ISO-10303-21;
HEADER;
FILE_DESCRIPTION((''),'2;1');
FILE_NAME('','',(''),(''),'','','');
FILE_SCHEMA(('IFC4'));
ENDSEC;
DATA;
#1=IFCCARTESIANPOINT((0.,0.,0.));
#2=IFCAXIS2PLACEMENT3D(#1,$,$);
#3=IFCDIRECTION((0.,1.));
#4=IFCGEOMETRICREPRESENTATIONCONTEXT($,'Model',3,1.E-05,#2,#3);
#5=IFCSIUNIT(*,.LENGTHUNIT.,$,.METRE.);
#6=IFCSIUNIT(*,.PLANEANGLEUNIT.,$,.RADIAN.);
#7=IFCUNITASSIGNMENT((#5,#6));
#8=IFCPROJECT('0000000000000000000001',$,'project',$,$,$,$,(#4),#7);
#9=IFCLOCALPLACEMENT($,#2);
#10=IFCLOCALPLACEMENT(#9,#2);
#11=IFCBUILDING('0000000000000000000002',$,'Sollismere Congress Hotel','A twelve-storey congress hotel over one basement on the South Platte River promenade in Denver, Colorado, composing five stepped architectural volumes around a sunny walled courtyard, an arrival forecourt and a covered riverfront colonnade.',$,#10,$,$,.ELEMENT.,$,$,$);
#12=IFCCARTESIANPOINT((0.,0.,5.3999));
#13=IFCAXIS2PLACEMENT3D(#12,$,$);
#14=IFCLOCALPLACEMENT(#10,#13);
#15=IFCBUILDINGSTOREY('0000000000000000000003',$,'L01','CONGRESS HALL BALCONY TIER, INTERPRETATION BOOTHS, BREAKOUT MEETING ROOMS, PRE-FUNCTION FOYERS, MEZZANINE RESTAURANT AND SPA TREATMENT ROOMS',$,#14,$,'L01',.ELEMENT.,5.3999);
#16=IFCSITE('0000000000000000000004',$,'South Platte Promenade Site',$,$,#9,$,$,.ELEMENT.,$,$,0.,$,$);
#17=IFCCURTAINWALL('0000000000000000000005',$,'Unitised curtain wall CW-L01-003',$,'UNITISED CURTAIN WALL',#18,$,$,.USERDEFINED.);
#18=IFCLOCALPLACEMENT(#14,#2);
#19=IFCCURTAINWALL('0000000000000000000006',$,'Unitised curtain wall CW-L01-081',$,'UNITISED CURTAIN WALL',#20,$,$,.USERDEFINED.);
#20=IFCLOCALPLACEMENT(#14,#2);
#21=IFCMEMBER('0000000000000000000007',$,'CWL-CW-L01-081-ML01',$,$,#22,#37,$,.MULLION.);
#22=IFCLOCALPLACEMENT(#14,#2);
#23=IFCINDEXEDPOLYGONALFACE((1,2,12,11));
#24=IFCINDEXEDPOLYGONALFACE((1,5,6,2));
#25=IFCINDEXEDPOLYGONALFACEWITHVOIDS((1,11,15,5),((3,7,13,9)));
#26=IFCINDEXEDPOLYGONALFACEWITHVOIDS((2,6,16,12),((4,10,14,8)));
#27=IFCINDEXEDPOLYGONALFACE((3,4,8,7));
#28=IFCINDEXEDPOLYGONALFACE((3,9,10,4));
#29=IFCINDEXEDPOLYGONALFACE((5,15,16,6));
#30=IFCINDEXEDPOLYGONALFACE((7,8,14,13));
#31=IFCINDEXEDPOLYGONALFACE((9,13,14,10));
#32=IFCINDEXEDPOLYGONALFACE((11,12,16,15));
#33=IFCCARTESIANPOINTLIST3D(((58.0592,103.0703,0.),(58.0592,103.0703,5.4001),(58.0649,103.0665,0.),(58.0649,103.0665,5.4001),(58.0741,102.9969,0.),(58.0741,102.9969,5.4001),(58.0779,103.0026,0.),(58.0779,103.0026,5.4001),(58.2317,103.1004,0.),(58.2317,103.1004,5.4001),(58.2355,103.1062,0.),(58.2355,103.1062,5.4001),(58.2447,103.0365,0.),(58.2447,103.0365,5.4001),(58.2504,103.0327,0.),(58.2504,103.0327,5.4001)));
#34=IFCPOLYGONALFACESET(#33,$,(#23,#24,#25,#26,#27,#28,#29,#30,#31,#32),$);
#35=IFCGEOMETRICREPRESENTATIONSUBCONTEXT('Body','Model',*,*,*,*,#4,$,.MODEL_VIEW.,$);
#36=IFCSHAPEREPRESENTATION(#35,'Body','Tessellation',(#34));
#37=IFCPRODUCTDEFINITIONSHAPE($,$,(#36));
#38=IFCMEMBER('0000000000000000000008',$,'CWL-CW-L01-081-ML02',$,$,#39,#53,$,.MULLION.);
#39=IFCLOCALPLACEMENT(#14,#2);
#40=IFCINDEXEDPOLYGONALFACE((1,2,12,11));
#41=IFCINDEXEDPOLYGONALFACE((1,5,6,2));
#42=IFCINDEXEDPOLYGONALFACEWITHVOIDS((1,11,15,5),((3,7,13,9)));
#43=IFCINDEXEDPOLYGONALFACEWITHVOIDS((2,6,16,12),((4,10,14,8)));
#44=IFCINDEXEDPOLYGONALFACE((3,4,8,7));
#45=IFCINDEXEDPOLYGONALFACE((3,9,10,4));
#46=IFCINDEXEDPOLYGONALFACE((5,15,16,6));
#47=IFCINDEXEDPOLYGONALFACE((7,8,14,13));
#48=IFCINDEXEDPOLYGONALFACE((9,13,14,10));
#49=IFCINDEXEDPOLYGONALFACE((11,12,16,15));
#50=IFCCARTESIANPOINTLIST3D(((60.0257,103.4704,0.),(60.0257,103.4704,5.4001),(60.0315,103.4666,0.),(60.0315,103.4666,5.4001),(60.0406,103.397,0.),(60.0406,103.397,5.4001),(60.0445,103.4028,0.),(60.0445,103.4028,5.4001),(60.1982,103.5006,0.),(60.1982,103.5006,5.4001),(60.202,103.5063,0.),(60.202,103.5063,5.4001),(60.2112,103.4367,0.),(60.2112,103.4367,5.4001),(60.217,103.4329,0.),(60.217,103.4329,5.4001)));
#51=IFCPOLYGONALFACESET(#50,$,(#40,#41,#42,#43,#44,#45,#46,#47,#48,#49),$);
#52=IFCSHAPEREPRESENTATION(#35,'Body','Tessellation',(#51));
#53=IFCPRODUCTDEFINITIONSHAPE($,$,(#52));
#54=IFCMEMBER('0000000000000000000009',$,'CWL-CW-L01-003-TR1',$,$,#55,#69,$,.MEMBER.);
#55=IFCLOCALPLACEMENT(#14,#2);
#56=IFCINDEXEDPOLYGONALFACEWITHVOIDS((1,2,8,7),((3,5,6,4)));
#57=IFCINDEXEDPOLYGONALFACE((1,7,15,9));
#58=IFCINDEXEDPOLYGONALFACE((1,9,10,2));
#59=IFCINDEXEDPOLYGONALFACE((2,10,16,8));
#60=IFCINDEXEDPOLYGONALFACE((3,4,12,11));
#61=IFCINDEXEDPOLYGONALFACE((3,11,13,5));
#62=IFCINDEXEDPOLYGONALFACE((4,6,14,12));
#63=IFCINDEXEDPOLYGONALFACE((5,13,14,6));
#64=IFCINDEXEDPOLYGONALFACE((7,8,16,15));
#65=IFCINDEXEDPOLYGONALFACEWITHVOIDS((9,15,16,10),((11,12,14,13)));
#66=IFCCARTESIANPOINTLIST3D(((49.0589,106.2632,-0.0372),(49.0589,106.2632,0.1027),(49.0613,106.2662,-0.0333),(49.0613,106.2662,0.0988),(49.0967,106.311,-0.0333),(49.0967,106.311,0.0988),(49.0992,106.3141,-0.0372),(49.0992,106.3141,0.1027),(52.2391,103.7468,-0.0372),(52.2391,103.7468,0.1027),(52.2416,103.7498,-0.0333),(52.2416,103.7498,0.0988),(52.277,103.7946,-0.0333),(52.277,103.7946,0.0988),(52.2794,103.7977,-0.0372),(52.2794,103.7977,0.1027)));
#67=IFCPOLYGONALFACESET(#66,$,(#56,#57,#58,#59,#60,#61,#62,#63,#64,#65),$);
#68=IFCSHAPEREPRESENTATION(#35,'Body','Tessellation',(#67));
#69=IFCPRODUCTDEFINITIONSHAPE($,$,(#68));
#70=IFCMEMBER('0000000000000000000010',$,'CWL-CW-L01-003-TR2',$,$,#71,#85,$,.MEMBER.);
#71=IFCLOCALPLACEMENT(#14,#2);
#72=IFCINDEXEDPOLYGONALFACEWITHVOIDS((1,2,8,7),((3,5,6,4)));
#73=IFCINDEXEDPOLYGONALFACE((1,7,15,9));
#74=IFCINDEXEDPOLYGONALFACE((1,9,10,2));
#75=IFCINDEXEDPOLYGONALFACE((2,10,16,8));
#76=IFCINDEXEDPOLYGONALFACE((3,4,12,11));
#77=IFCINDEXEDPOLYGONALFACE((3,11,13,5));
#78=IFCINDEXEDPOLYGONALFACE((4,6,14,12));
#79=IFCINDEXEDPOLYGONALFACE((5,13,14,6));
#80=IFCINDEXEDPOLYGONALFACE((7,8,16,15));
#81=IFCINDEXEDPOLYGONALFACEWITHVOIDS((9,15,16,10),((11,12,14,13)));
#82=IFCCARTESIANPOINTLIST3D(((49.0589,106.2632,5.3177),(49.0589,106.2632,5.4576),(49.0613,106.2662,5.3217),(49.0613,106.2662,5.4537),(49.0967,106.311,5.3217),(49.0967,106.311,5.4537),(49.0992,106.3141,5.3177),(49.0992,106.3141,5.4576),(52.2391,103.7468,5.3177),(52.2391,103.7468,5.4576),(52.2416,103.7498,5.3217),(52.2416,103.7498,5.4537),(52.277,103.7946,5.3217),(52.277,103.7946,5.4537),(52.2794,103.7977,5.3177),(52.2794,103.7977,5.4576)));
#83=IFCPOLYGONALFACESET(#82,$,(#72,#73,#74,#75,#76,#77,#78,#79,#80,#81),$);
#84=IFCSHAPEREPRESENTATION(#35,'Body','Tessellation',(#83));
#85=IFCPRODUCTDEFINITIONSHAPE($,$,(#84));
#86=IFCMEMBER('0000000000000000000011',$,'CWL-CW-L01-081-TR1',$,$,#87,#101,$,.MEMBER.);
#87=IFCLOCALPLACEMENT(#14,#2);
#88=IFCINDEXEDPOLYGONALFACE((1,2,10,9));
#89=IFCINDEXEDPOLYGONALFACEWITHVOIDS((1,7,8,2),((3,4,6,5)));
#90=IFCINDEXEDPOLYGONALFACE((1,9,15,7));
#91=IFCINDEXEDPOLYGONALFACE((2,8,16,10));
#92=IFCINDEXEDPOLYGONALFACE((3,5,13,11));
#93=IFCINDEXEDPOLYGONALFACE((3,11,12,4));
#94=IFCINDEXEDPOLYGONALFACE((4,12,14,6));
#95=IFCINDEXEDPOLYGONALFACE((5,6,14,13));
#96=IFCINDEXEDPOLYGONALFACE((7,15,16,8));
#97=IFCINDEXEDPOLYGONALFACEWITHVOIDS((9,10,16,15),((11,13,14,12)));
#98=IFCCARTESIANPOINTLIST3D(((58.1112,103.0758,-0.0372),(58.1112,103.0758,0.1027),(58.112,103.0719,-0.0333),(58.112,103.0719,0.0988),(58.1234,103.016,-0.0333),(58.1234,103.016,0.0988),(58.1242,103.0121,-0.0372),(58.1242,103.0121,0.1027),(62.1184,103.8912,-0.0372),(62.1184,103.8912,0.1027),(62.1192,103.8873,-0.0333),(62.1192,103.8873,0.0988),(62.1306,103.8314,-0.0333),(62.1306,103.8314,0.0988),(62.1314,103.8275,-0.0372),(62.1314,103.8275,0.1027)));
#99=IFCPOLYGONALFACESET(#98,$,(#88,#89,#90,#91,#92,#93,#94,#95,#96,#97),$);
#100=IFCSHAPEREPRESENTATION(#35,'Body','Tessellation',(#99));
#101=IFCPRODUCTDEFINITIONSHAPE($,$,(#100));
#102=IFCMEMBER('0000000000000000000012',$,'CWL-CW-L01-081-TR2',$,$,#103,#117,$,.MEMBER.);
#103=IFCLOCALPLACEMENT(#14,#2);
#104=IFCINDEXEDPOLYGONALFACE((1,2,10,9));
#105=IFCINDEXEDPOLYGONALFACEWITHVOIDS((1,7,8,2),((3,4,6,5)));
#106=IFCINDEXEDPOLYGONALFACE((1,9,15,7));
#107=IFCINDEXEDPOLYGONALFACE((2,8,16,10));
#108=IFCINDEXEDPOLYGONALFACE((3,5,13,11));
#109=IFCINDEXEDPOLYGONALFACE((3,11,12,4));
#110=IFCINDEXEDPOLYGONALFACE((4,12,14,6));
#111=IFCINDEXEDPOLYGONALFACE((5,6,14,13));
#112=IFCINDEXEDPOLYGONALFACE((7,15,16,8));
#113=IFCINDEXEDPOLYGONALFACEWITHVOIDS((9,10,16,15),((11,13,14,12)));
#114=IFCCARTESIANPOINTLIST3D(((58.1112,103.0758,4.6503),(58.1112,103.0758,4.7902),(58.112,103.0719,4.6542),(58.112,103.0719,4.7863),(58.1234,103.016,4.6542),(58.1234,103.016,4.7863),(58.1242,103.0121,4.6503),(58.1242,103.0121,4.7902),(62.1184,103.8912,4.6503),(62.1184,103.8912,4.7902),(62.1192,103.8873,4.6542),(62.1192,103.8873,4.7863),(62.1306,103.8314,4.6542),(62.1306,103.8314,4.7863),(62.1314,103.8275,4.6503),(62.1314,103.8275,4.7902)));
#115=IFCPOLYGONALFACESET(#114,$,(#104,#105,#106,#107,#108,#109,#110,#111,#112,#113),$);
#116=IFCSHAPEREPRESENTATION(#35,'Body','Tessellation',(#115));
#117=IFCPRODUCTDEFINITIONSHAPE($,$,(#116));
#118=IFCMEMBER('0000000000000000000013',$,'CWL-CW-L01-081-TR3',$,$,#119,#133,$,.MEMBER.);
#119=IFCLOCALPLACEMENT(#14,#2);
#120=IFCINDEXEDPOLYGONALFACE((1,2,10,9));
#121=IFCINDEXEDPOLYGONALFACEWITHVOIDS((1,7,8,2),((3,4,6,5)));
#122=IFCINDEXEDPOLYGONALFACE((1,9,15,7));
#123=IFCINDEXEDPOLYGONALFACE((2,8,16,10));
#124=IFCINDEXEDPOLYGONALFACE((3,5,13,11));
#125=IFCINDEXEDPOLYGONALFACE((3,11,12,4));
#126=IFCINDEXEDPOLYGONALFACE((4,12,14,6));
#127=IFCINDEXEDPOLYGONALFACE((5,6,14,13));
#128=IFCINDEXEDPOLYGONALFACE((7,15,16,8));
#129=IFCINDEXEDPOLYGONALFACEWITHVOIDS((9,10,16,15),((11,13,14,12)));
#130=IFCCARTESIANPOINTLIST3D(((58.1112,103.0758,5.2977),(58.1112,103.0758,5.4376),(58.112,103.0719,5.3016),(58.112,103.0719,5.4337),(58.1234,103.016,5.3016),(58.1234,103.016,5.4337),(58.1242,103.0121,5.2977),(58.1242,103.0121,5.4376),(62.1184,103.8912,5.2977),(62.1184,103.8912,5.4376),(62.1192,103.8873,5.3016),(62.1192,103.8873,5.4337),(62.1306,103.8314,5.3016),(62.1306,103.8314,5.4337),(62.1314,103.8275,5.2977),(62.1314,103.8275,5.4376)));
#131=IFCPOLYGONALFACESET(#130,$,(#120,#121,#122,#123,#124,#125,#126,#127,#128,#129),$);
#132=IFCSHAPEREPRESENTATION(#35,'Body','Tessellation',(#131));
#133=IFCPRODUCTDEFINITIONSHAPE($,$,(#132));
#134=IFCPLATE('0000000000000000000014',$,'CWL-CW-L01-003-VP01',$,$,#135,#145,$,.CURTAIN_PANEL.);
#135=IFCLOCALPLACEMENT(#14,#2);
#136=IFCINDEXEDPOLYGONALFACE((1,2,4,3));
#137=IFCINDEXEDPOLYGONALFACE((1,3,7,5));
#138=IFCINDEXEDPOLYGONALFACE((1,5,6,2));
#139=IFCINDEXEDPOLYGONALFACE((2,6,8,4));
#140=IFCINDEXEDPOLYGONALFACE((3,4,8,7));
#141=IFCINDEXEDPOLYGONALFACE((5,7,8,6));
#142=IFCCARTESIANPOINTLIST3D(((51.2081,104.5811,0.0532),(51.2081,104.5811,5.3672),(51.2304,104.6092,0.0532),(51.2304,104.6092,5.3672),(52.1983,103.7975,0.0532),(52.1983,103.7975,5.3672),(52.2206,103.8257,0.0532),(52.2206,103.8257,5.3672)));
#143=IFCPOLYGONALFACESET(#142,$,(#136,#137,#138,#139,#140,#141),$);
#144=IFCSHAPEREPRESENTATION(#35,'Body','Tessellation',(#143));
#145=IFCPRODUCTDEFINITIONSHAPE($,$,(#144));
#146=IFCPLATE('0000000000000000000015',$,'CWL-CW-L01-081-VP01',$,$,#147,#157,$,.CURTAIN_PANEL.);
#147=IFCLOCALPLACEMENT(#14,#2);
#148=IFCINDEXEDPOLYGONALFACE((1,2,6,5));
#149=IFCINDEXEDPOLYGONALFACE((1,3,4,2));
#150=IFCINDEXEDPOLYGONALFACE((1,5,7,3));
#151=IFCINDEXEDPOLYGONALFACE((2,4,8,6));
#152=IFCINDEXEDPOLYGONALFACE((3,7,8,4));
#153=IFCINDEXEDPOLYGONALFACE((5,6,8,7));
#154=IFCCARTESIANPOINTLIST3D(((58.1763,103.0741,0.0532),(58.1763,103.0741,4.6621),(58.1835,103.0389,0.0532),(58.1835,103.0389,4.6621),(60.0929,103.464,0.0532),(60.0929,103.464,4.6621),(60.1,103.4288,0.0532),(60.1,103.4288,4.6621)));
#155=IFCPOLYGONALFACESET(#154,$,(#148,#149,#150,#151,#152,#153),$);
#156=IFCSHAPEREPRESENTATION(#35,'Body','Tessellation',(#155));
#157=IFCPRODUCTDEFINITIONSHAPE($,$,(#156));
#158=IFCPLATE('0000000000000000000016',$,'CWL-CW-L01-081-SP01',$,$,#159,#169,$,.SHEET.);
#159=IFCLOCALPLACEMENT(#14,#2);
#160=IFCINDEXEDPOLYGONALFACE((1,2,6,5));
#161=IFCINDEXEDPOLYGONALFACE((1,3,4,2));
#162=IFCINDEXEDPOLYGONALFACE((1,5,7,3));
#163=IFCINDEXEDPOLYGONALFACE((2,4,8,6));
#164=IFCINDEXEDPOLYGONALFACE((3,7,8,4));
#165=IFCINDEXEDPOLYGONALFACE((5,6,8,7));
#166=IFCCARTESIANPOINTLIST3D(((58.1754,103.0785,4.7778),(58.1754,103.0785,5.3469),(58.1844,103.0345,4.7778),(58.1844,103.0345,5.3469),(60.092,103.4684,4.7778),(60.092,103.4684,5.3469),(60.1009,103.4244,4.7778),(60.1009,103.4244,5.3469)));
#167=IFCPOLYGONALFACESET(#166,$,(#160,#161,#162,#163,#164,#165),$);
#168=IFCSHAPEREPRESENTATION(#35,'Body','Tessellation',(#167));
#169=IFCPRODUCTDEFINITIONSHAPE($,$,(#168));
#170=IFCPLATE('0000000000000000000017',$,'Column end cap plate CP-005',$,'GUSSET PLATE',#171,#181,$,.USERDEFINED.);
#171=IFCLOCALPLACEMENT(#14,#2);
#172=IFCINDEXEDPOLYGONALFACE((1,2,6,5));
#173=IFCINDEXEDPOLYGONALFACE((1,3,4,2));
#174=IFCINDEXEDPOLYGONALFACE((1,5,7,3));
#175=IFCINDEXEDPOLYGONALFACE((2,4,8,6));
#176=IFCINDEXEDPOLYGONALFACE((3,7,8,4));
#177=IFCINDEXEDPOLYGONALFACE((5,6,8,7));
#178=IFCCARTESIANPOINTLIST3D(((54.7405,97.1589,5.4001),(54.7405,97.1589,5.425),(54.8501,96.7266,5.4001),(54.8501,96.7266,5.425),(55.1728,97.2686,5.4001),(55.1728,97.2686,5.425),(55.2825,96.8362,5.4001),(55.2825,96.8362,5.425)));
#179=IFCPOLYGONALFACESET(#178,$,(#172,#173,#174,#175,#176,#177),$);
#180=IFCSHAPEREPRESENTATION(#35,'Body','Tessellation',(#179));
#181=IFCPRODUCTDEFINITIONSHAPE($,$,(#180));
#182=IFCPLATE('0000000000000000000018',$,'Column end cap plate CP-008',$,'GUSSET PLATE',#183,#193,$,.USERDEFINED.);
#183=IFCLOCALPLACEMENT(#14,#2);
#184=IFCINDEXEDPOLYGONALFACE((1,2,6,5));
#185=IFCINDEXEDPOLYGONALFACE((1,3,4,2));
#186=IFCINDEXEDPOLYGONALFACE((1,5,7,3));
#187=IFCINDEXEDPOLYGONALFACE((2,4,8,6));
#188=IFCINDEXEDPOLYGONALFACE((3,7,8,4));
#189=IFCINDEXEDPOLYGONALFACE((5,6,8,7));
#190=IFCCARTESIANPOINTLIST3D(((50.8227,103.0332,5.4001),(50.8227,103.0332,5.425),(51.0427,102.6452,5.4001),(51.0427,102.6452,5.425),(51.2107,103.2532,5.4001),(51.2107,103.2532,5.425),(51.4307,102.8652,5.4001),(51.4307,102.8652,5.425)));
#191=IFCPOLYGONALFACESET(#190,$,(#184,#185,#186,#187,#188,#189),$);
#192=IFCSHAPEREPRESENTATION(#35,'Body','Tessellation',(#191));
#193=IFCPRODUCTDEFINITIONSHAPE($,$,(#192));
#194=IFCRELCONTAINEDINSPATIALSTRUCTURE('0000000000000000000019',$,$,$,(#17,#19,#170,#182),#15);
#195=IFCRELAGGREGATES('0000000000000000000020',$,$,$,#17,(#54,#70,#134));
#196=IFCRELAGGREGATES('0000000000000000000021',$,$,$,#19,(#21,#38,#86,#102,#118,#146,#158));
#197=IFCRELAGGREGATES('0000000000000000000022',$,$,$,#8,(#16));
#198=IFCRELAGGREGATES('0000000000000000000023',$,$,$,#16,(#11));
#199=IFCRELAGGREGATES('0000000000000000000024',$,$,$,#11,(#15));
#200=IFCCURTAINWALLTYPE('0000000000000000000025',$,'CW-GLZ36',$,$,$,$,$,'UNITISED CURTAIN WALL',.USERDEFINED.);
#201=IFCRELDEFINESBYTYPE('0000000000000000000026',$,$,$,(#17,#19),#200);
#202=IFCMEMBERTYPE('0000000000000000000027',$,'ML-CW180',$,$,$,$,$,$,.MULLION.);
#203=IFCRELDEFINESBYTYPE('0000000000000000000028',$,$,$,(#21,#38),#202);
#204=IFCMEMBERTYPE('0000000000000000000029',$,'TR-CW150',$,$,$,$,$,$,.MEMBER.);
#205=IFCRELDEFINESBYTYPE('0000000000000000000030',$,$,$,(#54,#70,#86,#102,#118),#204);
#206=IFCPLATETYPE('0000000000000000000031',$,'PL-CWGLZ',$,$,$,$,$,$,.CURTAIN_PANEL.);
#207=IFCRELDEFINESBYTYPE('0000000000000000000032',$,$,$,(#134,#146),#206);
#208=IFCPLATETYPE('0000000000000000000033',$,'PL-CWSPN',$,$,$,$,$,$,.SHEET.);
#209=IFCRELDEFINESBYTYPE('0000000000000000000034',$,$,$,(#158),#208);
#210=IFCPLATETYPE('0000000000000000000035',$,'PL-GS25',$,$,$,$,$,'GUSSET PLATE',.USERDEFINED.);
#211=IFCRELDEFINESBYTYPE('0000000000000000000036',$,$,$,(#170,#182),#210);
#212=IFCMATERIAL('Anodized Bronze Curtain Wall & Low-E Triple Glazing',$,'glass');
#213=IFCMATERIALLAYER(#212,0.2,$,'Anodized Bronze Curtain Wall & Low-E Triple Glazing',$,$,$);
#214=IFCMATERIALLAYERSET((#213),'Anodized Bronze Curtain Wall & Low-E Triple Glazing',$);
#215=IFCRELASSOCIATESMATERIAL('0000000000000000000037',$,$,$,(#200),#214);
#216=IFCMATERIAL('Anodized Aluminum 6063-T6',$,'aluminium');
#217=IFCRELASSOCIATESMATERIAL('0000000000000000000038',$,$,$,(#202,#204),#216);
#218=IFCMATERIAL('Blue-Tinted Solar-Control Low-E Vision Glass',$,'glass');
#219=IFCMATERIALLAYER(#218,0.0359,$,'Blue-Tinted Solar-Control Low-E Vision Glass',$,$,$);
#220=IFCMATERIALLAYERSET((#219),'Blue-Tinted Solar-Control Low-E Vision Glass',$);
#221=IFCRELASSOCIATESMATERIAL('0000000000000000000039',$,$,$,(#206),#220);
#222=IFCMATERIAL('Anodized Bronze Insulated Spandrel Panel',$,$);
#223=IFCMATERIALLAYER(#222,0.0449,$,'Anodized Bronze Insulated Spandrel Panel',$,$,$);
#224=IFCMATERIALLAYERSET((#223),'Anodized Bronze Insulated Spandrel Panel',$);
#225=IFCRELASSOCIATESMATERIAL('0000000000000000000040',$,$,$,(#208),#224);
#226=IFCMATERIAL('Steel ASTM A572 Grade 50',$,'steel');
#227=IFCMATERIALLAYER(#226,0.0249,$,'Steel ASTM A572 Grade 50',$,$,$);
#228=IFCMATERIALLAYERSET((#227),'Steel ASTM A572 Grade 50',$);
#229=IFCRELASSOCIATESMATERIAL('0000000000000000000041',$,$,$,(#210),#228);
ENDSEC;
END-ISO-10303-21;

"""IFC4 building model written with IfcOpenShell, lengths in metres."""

from ifc_helpers import new_model, si_unit, direction, frame, origin, origin_2d, place, context, subcontext, project, spatial, rectangle, hollow_rectangle, extrude, material, layer, layer_set, material_profile, profile_set, type_object, element, aggregate, save


model = new_model("IFC4")

# Units and contexts
model_context = context("Model", 3, precision=1e-05, world=origin(), true_north=direction((0.0, 1.0)))
body_context = subcontext(model_context, "Body", "Model", "MODEL_VIEW")
ifc_project = project(units=[si_unit("LENGTHUNIT", "METRE"), si_unit("PLANEANGLEUNIT", "RADIAN")], contexts=[model_context])

# Site, building, storey
site_placement = place(None, origin())
site = spatial("IfcSite", under=ifc_project, at=site_placement, Name="South Platte Promenade Site", CompositionType="ELEMENT", RefElevation=0.0)
building_placement = place(site_placement, origin())
building = spatial("IfcBuilding", under=site, at=building_placement, Name="Sollismere Congress Hotel", Description="A twelve-storey congress hotel over one basement on the South Platte River promenade in Denver, Colorado, composing five stepped architectural volumes around a sunny walled courtyard, an arrival forecourt and a covered riverfront colonnade.", CompositionType="ELEMENT")
storey_placement = place(building_placement, frame((0.0, 0.0, 5.3999)))
storey = spatial("IfcBuildingStorey", under=building, at=storey_placement, Name="L01", Description="CONGRESS HALL BALCONY TIER, INTERPRETATION BOOTHS, BREAKOUT MEETING ROOMS, PRE-FUNCTION FOYERS, MEZZANINE RESTAURANT AND SPA TREATMENT ROOMS", LongName="L01", CompositionType="ELEMENT", Elevation=5.3999)

# Curtain walls, members
ifc_material_1 = material(Name="Anodized Bronze Curtain Wall & Low-E Triple Glazing", Category="glass")
ifc_layer_1 = layer(ifc_material_1, 0.2, Name="Anodized Bronze Curtain Wall & Low-E Triple Glazing")
ifc_layer_set_1 = layer_set([ifc_layer_1], Name="Anodized Bronze Curtain Wall & Low-E Triple Glazing")
curtain_wall_type = type_object("IfcCurtainWallType", Name="CW-GLZ36", ElementType="UNITISED CURTAIN WALL", PredefinedType="USERDEFINED", material=ifc_layer_set_1)
curtain_wall_1_placement = place(storey_placement, origin())
curtain_wall_1 = element("IfcCurtainWall", 1, at=curtain_wall_1_placement, inside=storey, type_object=curtain_wall_type, Name="Unitised curtain wall CW-L01-003", ObjectType="UNITISED CURTAIN WALL", PredefinedType="USERDEFINED")
ifc_material_2 = material(Name="Anodized Aluminum 6063-T6", Category="aluminium")
ifc_material_profile_1 = material_profile(ifc_material_2, hollow_rectangle(XDim=0.075, YDim=0.1799, WallThickness=0.0049, at=origin_2d()), Name="ALU180X75X5")
ifc_profile_set_1 = profile_set([ifc_material_profile_1], Name="Anodized Aluminum 6063-T6")
member_type_1 = type_object("IfcMemberType", Name="ML-CW180", PredefinedType="MULLION", material=ifc_profile_set_1)
curtain_wall_2_placement = place(storey_placement, origin())
curtain_wall_2 = element("IfcCurtainWall", 2, at=curtain_wall_2_placement, inside=storey, type_object=curtain_wall_type, Name="Unitised curtain wall CW-L01-081", ObjectType="UNITISED CURTAIN WALL", PredefinedType="USERDEFINED")
member_1_placement = place(storey_placement, frame((58.1548, 103.0515, 0.0), z_axis=(0.0, 0.0, 1.0), x_axis=(-0.199368, 0.979925, 0.0)))
member_1 = element("IfcMember", 3, at=member_1_placement, type_object=member_type_1, Name="CWL-CW-L01-081-ML01", PredefinedType="MULLION", context=body_context, shape_type="SweptSolid", body=[
    extrude(hollow_rectangle(XDim=0.075, YDim=0.1799, WallThickness=0.0049, at=origin_2d()), origin(), (0.0, 0.0, 1.0), 5.4001),
])
member_2_placement = place(storey_placement, frame((60.1213, 103.4517, 0.0), z_axis=(0.0, 0.0, 1.0), x_axis=(-0.199368, 0.979925, 0.0)))
member_2 = element("IfcMember", 4, at=member_2_placement, type_object=member_type_1, Name="CWL-CW-L01-081-ML02", PredefinedType="MULLION", context=body_context, shape_type="SweptSolid", body=[
    extrude(hollow_rectangle(XDim=0.075, YDim=0.1799, WallThickness=0.0049, at=origin_2d()), origin(), (0.0, 0.0, 1.0), 5.4001),
])

# Members
ifc_material_profile_2 = material_profile(ifc_material_2, hollow_rectangle(XDim=0.0649, YDim=0.1399, WallThickness=0.0039, at=origin_2d()), Name="ALU140X65X4")
ifc_profile_set_2 = profile_set([ifc_material_profile_2], Name="Anodized Aluminum 6063-T6")
member_type_2 = type_object("IfcMemberType", Name="TR-CW150", PredefinedType="MEMBER", material=ifc_profile_set_2)
member_3_placement = place(storey_placement, frame((52.2593, 103.7722, 0.0327), z_axis=(-0.7842, 0.620509, 0.0), x_axis=(-0.620509, -0.7842, 0.0)))
member_3 = element("IfcMember", 5, at=member_3_placement, type_object=member_type_2, Name="CWL-CW-L01-003-TR1", PredefinedType="MEMBER", context=body_context, shape_type="SweptSolid", body=[
    extrude(hollow_rectangle(XDim=0.0649, YDim=0.1399, WallThickness=0.0039, at=origin_2d()), origin(), (0.0, 0.0, 1.0), 4.0554),
])
member_4_placement = place(storey_placement, frame((52.2593, 103.7722, 5.3877), z_axis=(-0.7842, 0.620509, 0.0), x_axis=(-0.620509, -0.7842, 0.0)))
member_4 = element("IfcMember", 6, at=member_4_placement, type_object=member_type_2, Name="CWL-CW-L01-003-TR2", PredefinedType="MEMBER", context=body_context, shape_type="SweptSolid", body=[
    extrude(hollow_rectangle(XDim=0.0649, YDim=0.1399, WallThickness=0.0039, at=origin_2d()), origin(), (0.0, 0.0, 1.0), 4.0554),
])
member_5_placement = place(storey_placement, frame((58.1177, 103.0439, 0.0327), z_axis=(0.979918, 0.199399, 0.0), x_axis=(-0.199399, 0.979918, 0.0)))
member_5 = element("IfcMember", 7, at=member_5_placement, type_object=member_type_2, Name="CWL-CW-L01-081-TR1", PredefinedType="MEMBER", context=body_context, shape_type="SweptSolid", body=[
    extrude(hollow_rectangle(XDim=0.0649, YDim=0.1399, WallThickness=0.0039, at=origin_2d()), origin(), (0.0, 0.0, 1.0), 4.0894),
])
member_6_placement = place(storey_placement, frame((58.1177, 103.0439, 4.7202), z_axis=(0.979918, 0.199399, 0.0), x_axis=(-0.199399, 0.979918, 0.0)))
member_6 = element("IfcMember", 8, at=member_6_placement, type_object=member_type_2, Name="CWL-CW-L01-081-TR2", PredefinedType="MEMBER", context=body_context, shape_type="SweptSolid", body=[
    extrude(hollow_rectangle(XDim=0.0649, YDim=0.1399, WallThickness=0.0039, at=origin_2d()), origin(), (0.0, 0.0, 1.0), 4.0894),
])
member_7_placement = place(storey_placement, frame((58.1177, 103.0439, 5.3677), z_axis=(0.979918, 0.199399, 0.0), x_axis=(-0.199399, 0.979918, 0.0)))
member_7 = element("IfcMember", 9, at=member_7_placement, type_object=member_type_2, Name="CWL-CW-L01-081-TR3", PredefinedType="MEMBER", context=body_context, shape_type="SweptSolid", body=[
    extrude(hollow_rectangle(XDim=0.0649, YDim=0.1399, WallThickness=0.0039, at=origin_2d()), origin(), (0.0, 0.0, 1.0), 4.0894),
])

# Plates
ifc_material_3 = material(Name="Blue-Tinted Solar-Control Low-E Vision Glass", Category="glass")
ifc_layer_2 = layer(ifc_material_3, 0.0359, Name="Blue-Tinted Solar-Control Low-E Vision Glass")
ifc_layer_set_2 = layer_set([ifc_layer_2], Name="Blue-Tinted Solar-Control Low-E Vision Glass")
plate_type_1 = type_object("IfcPlateType", Name="PL-CWGLZ", PredefinedType="CURTAIN_PANEL", material=ifc_layer_set_2)
plate_1_placement = place(storey_placement, frame((51.7144, 104.2034, 0.0532), z_axis=(0.0, 0.0, 1.0), x_axis=(-0.784181, 0.620532, 0.0)))
plate_1 = element("IfcPlate", 10, at=plate_1_placement, type_object=plate_type_1, Name="CWL-CW-L01-003-VP01", PredefinedType="CURTAIN_PANEL", context=body_context, shape_type="SweptSolid", body=[
    extrude(rectangle(XDim=1.2627, YDim=0.0359, at=origin_2d()), origin(), (0.0, 0.0, 1.0), 5.314),
])
aggregate(curtain_wall_1, [member_3, member_4, plate_1])
plate_2_placement = place(storey_placement, frame((59.1382, 103.2515, 0.0532), z_axis=(0.0, 0.0, 1.0), x_axis=(0.979925, 0.199368, 0.0)))
plate_2 = element("IfcPlate", 11, at=plate_2_placement, type_object=plate_type_1, Name="CWL-CW-L01-081-VP01", PredefinedType="CURTAIN_PANEL", context=body_context, shape_type="SweptSolid", body=[
    extrude(rectangle(XDim=1.9558, YDim=0.0359, at=origin_2d()), origin(), (0.0, 0.0, 1.0), 4.6089),
])
ifc_material_4 = material(Name="Anodized Bronze Insulated Spandrel Panel")
ifc_layer_3 = layer(ifc_material_4, 0.0449, Name="Anodized Bronze Insulated Spandrel Panel")
ifc_layer_set_3 = layer_set([ifc_layer_3], Name="Anodized Bronze Insulated Spandrel Panel")
plate_type_2 = type_object("IfcPlateType", Name="PL-CWSPN", PredefinedType="SHEET", material=ifc_layer_set_3)
plate_3_placement = place(storey_placement, frame((59.1382, 103.2515, 4.7778), z_axis=(0.0, 0.0, 1.0), x_axis=(0.979925, 0.199368, 0.0)))
plate_3 = element("IfcPlate", 12, at=plate_3_placement, type_object=plate_type_2, Name="CWL-CW-L01-081-SP01", PredefinedType="SHEET", context=body_context, shape_type="SweptSolid", body=[
    extrude(rectangle(XDim=1.9558, YDim=0.0449, at=origin_2d()), origin(), (0.0, 0.0, 1.0), 0.5691),
])
aggregate(curtain_wall_2, [member_1, member_2, member_5, member_6, member_7, plate_2, plate_3])

# Plates
ifc_material_5 = material(Name="Steel ASTM A572 Grade 50", Category="steel")
ifc_layer_4 = layer(ifc_material_5, 0.0249, Name="Steel ASTM A572 Grade 50")
ifc_layer_set_4 = layer_set([ifc_layer_4], Name="Steel ASTM A572 Grade 50")
plate_type_3 = type_object("IfcPlateType", Name="PL-GS25", ElementType="GUSSET PLATE", PredefinedType="USERDEFINED", material=ifc_layer_set_4)
for number, where, z_axis, x_axis, name in (
    (13, (55.0115, 96.9976, 5.4001), (0.0, 0.0, 1.0), (0.969317, 0.245815, 0.0), "Column end cap plate CP-005"),
    (14, (51.1267, 102.9492, 5.4001), (0.0, 0.0, 1.0), (0.86984, 0.493335, 0.0), "Column end cap plate CP-008"),
):
    element("IfcPlate", number, at=place(storey_placement, frame(where, z_axis=z_axis, x_axis=x_axis)), inside=storey, type_object=plate_type_3, Name=name, ObjectType="GUSSET PLATE", PredefinedType="USERDEFINED", context=body_context, shape_type="SweptSolid", body=[
        extrude(rectangle(XDim=0.446, YDim=0.446, at=origin_2d()), origin(), (0.0, 0.0, 1.0), 0.0249),
    ])

save(model, "model.ifc")
